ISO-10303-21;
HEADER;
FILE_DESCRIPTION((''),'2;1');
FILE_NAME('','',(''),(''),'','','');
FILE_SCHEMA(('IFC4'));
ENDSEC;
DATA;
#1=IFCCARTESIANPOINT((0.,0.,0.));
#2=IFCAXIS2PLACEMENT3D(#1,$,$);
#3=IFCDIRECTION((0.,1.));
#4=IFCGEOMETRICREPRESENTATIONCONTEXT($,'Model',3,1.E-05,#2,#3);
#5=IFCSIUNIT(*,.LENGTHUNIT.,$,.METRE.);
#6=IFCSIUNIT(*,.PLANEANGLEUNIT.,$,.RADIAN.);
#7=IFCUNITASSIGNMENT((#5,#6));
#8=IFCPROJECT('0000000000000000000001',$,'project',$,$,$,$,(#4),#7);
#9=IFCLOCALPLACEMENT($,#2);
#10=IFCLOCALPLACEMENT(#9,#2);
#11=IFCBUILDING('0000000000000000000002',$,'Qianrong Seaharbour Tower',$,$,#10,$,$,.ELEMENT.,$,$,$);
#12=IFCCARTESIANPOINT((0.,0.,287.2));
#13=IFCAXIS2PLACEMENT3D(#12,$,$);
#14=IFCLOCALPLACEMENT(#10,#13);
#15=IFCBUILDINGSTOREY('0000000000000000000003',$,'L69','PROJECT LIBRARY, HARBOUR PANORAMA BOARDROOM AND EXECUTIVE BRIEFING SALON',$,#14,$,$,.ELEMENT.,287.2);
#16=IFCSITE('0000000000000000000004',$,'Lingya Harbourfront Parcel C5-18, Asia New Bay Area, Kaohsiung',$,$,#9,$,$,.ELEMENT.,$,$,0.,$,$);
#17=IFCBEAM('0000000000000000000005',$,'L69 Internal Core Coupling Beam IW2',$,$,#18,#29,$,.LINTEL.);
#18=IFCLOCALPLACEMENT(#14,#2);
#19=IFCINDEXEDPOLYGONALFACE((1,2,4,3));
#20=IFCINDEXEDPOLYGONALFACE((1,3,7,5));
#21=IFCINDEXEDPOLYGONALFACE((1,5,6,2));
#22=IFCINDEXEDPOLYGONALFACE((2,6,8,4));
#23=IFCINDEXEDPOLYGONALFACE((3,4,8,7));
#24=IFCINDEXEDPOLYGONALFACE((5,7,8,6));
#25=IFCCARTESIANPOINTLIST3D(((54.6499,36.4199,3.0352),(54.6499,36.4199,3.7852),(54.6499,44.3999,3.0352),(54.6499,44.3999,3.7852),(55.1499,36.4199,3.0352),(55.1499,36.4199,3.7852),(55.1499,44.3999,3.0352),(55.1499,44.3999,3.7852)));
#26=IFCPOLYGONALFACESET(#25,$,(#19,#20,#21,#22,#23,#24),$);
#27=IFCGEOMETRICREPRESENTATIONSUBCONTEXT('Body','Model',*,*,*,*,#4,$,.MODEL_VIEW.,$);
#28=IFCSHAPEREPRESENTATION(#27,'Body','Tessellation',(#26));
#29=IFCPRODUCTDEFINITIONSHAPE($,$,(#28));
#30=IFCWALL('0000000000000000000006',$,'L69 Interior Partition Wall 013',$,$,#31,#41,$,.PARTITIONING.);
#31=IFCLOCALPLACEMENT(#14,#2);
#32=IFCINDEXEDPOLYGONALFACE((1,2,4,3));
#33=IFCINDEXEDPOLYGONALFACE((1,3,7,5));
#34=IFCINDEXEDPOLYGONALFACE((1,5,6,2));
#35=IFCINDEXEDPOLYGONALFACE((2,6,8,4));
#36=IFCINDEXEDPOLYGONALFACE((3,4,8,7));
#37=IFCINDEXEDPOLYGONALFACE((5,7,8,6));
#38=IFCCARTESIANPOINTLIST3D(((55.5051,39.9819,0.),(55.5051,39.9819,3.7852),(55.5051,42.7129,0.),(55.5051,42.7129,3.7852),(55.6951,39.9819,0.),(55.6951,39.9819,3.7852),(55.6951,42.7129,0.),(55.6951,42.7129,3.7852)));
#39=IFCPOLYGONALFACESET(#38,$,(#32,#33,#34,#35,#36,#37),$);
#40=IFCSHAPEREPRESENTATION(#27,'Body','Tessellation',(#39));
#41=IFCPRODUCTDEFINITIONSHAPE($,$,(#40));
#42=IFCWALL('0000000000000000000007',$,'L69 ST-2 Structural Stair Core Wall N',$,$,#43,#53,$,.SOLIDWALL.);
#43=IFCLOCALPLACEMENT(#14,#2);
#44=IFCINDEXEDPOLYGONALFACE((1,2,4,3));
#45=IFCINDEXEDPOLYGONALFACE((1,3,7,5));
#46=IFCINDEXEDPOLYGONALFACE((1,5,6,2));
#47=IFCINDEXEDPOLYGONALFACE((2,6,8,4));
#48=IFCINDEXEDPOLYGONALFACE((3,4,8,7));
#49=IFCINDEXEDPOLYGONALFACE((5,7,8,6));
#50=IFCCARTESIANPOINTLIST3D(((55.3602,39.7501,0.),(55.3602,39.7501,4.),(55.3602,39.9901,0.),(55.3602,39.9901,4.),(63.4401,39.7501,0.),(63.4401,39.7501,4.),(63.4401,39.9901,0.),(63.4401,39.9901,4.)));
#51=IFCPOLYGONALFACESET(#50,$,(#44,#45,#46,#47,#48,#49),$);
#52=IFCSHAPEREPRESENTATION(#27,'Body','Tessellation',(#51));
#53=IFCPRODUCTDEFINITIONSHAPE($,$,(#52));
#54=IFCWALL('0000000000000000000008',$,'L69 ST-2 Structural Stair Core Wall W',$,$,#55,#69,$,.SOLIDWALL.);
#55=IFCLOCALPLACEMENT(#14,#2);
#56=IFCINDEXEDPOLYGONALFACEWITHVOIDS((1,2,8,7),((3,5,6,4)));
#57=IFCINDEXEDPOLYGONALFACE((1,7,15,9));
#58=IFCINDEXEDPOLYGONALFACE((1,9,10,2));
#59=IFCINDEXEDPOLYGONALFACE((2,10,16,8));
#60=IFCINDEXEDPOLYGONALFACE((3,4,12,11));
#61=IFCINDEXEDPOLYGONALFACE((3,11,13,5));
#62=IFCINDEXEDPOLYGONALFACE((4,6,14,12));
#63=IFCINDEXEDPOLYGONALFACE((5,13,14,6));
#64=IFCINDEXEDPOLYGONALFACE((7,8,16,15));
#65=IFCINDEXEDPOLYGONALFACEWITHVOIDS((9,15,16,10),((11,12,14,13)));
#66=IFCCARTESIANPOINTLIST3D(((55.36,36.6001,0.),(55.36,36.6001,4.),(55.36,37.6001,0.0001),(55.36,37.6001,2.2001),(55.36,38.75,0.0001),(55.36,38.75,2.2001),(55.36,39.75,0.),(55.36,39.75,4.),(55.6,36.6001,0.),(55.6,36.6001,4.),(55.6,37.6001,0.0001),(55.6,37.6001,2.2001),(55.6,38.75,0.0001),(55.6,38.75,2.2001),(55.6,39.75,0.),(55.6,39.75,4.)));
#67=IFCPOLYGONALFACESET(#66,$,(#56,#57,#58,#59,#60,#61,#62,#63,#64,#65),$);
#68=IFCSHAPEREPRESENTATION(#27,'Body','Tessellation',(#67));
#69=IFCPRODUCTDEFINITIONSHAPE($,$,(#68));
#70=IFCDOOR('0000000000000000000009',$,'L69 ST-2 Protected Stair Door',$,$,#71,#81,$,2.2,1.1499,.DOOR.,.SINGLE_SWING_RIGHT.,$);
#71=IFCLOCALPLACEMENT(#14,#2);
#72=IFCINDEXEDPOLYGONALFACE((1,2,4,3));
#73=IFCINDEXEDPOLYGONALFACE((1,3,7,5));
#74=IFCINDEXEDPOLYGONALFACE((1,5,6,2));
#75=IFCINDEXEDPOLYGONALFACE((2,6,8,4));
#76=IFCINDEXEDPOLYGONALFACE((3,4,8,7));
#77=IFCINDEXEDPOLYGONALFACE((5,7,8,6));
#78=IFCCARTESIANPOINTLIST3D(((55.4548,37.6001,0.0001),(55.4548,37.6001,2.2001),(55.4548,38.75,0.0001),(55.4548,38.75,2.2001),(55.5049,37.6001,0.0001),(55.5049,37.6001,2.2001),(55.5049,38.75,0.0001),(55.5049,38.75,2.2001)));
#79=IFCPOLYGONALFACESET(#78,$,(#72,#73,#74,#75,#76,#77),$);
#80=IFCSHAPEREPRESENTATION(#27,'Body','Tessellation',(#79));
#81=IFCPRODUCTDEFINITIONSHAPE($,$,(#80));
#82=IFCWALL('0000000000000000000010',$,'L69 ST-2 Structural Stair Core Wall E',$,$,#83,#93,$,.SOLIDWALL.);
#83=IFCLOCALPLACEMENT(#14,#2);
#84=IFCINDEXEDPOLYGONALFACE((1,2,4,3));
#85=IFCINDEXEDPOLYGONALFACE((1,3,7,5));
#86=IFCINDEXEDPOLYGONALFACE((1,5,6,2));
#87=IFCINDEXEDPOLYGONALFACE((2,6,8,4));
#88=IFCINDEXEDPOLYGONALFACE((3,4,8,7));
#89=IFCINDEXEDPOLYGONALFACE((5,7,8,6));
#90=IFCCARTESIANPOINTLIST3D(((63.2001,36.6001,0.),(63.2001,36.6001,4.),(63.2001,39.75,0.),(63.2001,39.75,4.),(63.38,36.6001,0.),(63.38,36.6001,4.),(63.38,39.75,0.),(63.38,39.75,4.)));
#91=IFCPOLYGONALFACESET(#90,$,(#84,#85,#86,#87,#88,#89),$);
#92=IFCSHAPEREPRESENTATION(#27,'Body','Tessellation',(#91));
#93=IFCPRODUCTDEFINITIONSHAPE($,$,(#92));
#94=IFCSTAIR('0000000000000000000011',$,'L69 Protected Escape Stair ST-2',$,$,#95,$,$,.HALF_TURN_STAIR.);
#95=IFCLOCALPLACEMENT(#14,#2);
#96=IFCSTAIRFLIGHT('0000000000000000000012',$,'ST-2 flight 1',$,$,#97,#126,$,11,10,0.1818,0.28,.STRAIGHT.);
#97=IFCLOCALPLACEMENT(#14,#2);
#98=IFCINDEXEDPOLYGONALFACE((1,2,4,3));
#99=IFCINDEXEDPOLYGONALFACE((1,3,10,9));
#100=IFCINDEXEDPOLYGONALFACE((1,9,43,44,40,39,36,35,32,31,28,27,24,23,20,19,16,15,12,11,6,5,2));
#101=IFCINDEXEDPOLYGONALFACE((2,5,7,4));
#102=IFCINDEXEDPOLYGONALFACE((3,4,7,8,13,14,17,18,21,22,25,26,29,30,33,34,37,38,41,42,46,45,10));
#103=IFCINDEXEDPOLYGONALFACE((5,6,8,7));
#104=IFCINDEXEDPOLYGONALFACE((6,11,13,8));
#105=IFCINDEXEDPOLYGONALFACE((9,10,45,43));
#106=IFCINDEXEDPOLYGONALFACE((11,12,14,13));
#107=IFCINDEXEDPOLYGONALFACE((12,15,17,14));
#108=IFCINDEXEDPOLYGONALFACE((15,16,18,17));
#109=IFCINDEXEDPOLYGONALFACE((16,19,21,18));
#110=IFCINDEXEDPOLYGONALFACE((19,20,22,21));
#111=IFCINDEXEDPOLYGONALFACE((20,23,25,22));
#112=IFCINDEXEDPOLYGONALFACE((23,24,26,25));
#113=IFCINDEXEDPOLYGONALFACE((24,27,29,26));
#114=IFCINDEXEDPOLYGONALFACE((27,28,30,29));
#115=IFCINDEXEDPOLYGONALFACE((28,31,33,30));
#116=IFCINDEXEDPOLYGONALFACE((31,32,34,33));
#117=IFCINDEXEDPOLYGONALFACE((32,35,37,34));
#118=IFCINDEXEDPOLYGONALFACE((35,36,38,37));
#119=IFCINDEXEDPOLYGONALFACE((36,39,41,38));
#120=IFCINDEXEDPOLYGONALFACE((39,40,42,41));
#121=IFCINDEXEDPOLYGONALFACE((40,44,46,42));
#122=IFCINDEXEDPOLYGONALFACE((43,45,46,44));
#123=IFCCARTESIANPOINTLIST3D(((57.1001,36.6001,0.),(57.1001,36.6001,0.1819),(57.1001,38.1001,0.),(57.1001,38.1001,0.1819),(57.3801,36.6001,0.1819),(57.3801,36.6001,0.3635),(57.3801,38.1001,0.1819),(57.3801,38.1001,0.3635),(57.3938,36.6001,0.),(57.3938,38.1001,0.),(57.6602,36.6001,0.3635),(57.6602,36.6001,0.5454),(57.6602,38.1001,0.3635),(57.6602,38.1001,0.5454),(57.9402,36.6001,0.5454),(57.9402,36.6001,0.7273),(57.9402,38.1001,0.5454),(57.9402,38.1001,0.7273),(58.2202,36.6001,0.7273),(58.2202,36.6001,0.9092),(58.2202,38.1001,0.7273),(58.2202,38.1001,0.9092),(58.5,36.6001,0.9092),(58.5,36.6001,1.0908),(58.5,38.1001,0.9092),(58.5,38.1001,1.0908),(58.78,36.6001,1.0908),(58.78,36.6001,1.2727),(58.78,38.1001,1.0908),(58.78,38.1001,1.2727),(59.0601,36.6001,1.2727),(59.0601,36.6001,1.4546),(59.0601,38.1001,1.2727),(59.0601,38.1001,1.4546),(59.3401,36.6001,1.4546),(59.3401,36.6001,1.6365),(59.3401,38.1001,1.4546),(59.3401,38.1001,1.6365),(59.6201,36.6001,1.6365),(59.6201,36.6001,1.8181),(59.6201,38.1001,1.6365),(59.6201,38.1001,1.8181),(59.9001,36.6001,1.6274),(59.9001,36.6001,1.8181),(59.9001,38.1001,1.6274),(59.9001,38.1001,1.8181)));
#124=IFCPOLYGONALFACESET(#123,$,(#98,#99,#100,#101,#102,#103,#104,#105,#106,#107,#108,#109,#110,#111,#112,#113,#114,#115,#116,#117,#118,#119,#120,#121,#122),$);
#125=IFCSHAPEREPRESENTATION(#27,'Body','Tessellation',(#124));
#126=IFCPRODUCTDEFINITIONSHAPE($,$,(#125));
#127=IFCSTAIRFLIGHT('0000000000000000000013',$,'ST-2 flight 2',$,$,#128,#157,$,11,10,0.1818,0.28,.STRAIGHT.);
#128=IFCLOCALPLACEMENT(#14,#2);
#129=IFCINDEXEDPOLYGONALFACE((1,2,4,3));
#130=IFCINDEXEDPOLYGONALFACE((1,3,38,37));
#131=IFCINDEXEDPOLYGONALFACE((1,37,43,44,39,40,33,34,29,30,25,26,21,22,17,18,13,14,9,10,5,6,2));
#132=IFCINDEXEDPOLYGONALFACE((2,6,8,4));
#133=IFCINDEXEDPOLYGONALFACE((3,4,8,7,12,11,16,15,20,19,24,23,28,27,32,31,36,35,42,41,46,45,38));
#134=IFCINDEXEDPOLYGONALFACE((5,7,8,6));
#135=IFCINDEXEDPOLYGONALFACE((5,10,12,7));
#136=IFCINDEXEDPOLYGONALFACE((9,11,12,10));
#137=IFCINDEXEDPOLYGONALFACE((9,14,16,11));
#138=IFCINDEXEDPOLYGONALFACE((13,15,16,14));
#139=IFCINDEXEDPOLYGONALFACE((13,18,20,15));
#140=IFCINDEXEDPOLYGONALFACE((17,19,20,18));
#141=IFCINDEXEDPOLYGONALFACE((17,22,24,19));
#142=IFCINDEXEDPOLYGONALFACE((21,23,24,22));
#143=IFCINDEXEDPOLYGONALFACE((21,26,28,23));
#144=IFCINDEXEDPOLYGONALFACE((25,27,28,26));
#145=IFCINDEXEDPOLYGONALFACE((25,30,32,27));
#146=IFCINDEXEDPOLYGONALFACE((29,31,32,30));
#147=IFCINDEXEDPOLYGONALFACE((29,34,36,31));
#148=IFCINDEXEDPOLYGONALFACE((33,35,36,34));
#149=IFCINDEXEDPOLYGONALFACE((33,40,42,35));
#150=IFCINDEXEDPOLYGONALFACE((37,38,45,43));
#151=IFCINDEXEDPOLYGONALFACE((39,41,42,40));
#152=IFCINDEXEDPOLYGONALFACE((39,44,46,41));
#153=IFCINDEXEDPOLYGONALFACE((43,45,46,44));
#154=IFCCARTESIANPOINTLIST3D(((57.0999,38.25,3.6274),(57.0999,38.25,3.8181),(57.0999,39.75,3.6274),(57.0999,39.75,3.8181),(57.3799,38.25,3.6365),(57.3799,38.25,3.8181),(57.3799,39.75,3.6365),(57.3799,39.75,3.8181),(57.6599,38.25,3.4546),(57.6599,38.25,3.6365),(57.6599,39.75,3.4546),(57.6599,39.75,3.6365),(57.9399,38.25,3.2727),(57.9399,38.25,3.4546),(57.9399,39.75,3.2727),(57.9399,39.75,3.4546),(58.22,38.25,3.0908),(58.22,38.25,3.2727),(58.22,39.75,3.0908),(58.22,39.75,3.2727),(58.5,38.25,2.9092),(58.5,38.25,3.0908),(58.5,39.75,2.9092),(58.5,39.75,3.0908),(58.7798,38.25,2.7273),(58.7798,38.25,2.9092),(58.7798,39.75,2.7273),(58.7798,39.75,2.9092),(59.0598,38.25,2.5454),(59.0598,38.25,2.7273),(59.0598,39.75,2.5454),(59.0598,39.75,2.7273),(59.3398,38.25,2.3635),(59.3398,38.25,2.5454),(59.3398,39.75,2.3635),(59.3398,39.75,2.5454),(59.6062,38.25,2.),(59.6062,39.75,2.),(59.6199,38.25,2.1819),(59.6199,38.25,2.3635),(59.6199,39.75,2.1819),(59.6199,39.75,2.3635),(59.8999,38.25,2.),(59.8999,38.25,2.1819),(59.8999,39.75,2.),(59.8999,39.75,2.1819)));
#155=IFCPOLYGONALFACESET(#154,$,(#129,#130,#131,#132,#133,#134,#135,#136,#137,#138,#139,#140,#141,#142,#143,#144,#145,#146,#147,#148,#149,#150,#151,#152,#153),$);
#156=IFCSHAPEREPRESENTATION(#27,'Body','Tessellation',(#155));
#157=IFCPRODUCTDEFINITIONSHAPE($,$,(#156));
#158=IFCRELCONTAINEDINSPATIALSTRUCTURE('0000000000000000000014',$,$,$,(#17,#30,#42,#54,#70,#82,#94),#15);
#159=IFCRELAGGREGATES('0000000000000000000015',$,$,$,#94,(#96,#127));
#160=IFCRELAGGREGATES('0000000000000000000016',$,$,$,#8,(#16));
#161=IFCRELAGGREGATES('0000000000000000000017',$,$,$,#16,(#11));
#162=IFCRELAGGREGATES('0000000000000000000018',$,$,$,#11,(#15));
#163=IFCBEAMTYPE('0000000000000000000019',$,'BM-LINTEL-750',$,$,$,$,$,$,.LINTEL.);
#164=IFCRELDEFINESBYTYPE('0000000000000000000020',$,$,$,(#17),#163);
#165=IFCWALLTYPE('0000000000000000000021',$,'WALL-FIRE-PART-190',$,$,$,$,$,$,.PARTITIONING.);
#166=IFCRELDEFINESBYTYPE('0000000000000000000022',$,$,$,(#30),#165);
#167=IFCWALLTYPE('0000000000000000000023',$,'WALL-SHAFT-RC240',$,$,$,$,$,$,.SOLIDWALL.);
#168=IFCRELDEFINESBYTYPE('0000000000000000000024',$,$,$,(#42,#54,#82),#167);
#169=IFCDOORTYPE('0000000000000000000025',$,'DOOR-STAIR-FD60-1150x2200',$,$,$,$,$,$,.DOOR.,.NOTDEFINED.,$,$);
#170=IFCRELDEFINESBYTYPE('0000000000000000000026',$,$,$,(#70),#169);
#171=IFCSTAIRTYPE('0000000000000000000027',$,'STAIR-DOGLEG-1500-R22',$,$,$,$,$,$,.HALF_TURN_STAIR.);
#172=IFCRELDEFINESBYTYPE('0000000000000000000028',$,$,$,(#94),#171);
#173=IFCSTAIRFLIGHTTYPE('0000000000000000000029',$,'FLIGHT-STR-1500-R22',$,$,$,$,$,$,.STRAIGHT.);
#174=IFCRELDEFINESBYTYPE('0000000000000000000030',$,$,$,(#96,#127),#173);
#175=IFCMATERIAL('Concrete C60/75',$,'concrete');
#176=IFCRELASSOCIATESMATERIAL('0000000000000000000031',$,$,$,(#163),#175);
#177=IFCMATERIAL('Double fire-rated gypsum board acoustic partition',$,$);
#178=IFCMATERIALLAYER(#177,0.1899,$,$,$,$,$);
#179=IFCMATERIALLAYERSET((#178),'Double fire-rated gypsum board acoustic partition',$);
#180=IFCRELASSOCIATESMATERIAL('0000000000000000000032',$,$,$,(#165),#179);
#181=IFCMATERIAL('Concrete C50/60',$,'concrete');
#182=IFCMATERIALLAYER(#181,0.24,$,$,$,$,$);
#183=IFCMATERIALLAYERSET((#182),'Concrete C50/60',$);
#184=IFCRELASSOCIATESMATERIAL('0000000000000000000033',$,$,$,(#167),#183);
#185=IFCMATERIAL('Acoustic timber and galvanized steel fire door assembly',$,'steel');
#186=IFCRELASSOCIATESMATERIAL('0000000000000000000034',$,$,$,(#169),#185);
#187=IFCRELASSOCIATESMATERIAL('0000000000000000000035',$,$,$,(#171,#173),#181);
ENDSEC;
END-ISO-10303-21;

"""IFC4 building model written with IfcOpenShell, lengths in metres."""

from ifc_helpers import new_model, si_unit, direction, frame, frame_2d, origin, origin_2d, place, context, subcontext, project, spatial, polyline, rectangle, outline, extrude, material, layer, layer_set, material_profile, profile_set, type_object, element, fill, aggregate, save


model = new_model("IFC4")

# Units and contexts
model_context = context("Model", 3, precision=1e-05, world=origin(), true_north=direction((0.0, 1.0)))
body_context = subcontext(model_context, "Body", "Model", "MODEL_VIEW")
ifc_project = project(units=[si_unit("LENGTHUNIT", "METRE"), si_unit("PLANEANGLEUNIT", "RADIAN")], contexts=[model_context])

# Site, building, storey
site_placement = place(None, origin())
site = spatial("IfcSite", under=ifc_project, at=site_placement, Name="Lingya Harbourfront Parcel C5-18, Asia New Bay Area, Kaohsiung", CompositionType="ELEMENT", RefElevation=0.0)
building_placement = place(site_placement, origin())
building = spatial("IfcBuilding", under=site, at=building_placement, Name="Qianrong Seaharbour Tower", CompositionType="ELEMENT")
storey_placement = place(building_placement, frame((0.0, 0.0, 287.2)))
storey = spatial("IfcBuildingStorey", under=building, at=storey_placement, Name="L69", Description="PROJECT LIBRARY, HARBOUR PANORAMA BOARDROOM AND EXECUTIVE BRIEFING SALON", CompositionType="ELEMENT", Elevation=287.2)

# Beam
ifc_material_1 = material(Name="Concrete C60/75", Category="concrete")
ifc_material_profile = material_profile(ifc_material_1, rectangle(XDim=0.5, YDim=0.75, at=origin_2d()), Name="RC500x750")
ifc_profile_set = profile_set([ifc_material_profile], Name="Concrete C60/75")
beam_type = type_object("IfcBeamType", Name="BM-LINTEL-750", PredefinedType="LINTEL", material=ifc_profile_set)
beam_placement = place(storey_placement, frame((54.8999, 36.4199, 3.4102), z_axis=(0.0, 1.0, 0.0), x_axis=(-1.0, 0.0, 0.0)))
element("IfcBeam", 1, at=beam_placement, inside=storey, type_object=beam_type, Name="L69 Internal Core Coupling Beam IW2", PredefinedType="LINTEL", context=body_context, shape_type="SweptSolid", body=[
    extrude(rectangle(XDim=0.5, YDim=0.75, at=origin_2d()), origin(), (0.0, 0.0, 1.0), 7.98),
])

# Walls
ifc_material_2 = material(Name="Double fire-rated gypsum board acoustic partition")
ifc_layer_1 = layer(ifc_material_2, 0.1899)
ifc_layer_set_1 = layer_set([ifc_layer_1], Name="Double fire-rated gypsum board acoustic partition")
wall_type_1 = type_object("IfcWallType", Name="WALL-FIRE-PART-190", PredefinedType="PARTITIONING", material=ifc_layer_set_1)
wall_1_placement = place(storey_placement, frame((55.6001, 42.7129, 0.0), z_axis=(0.0, 0.0, 1.0), x_axis=(0.0, -1.0, 0.0)))
element("IfcWall", 2, at=wall_1_placement, inside=storey, type_object=wall_type_1, Name="L69 Interior Partition Wall 013", PredefinedType="PARTITIONING", context=body_context, shape_type="SweptSolid", body=[
    extrude(rectangle(XDim=2.731, YDim=0.1899, at=frame_2d((1.3655, 0.0))), origin(), (0.0, 0.0, 1.0), 3.7852),
])
ifc_material_3 = material(Name="Concrete C50/60", Category="concrete")
ifc_layer_2 = layer(ifc_material_3, 0.24)
ifc_layer_set_2 = layer_set([ifc_layer_2], Name="Concrete C50/60")
wall_type_2 = type_object("IfcWallType", Name="WALL-SHAFT-RC240", PredefinedType="SOLIDWALL", material=ifc_layer_set_2)
wall_2_placement = place(storey_placement, frame((55.3601, 39.8701, 0.0), z_axis=(0.0, 0.0, 1.0), x_axis=(1.0, 0.0, 0.0)))
element("IfcWall", 3, at=wall_2_placement, inside=storey, type_object=wall_type_2, Name="L69 ST-2 Structural Stair Core Wall N", PredefinedType="SOLIDWALL", context=body_context, shape_type="SweptSolid", body=[
    extrude(rectangle(XDim=8.0798, YDim=0.24, at=frame_2d((4.04, 0.0))), origin(), (0.0, 0.0, 1.0), 4.0),
])

# Wall, opening, door
wall_3_placement = place(storey_placement, frame((55.48, 39.75, 0.0), z_axis=(0.0, 0.0, 1.0), x_axis=(0.0, -1.0, 0.0)))
wall_3 = element("IfcWall", 4, at=wall_3_placement, inside=storey, type_object=wall_type_2, Name="L69 ST-2 Structural Stair Core Wall W", PredefinedType="SOLIDWALL", context=body_context, shape_type="SweptSolid", body=[
    extrude(rectangle(XDim=3.1499, YDim=0.24, at=frame_2d((1.575, 0.0))), origin(), (0.0, 0.0, 1.0), 4.0),
])
opening_placement = place(wall_3_placement, frame((1.0, 0.0, 0.0)))
opening = element("IfcOpeningElement", 5, at=opening_placement, cuts=wall_3, PredefinedType="OPENING", context=body_context, shape_type="SweptSolid", body=[
    extrude(rectangle(XDim=1.1499, YDim=2.2, at=frame_2d((0.575, 1.1001))), frame((0.0, 0.1299, 0.0), z_axis=(0.0, -1.0, 0.0), x_axis=(1.0, 0.0, 0.0)), (0.0, 0.0, 1.0), 0.26),
])
ifc_material_4 = material(Name="Acoustic timber and galvanized steel fire door assembly", Category="steel")
door_type = type_object("IfcDoorType", Name="DOOR-STAIR-FD60-1150x2200", OperationType="NOTDEFINED", PredefinedType="DOOR", material=ifc_material_4)
door_placement = place(opening_placement, origin())
door = element("IfcDoor", 6, at=door_placement, inside=storey, type_object=door_type, Name="L69 ST-2 Protected Stair Door", OperationType="SINGLE_SWING_RIGHT", OverallHeight=2.2, OverallWidth=1.1499, PredefinedType="DOOR", context=body_context, shape_type="SweptSolid", body=[
    extrude(rectangle(XDim=1.1499, YDim=2.2, at=frame_2d((0.575, 1.1001))), frame((0.0, 0.0249, 0.0), z_axis=(0.0, -1.0, 0.0), x_axis=(1.0, 0.0, 0.0)), (0.0, 0.0, 1.0), 0.05),
])
fill(opening, door)

# Wall
wall_4_placement = place(storey_placement, frame((63.29, 36.6001, 0.0), z_axis=(0.0, 0.0, 1.0), x_axis=(0.0, 1.0, 0.0)))
element("IfcWall", 7, at=wall_4_placement, inside=storey, type_object=wall_type_2, Name="L69 ST-2 Structural Stair Core Wall E", PredefinedType="SOLIDWALL", context=body_context, shape_type="SweptSolid", body=[
    extrude(rectangle(XDim=3.1499, YDim=0.1799, at=frame_2d((1.575, 0.0))), origin(), (0.0, 0.0, 1.0), 4.0),
])

# Stair, stair flights
stair_type = type_object("IfcStairType", Name="STAIR-DOGLEG-1500-R22", PredefinedType="HALF_TURN_STAIR", material=ifc_material_3)
stair_placement = place(storey_placement, origin())
stair = element("IfcStair", 8, at=stair_placement, inside=storey, type_object=stair_type, Name="L69 Protected Escape Stair ST-2", PredefinedType="HALF_TURN_STAIR")
stair_flight_type = type_object("IfcStairFlightType", Name="FLIGHT-STR-1500-R22", PredefinedType="STRAIGHT", material=ifc_material_3)
stair_flight_1_placement = place(storey_placement, frame((57.1001, 37.3501, 0.0), z_axis=(0.0, 0.0, 1.0), x_axis=(1.0, 0.0, 0.0)))
stair_flight_1 = element("IfcStairFlight", 9, at=stair_flight_1_placement, type_object=stair_flight_type, Name="ST-2 flight 1", NumberOfRisers=11, NumberOfTreads=10, PredefinedType="STRAIGHT", RiserHeight=0.1818, TreadLength=0.28, context=body_context, shape_type="SweptSolid", body=[
    extrude(outline(polyline([(0.0, 0.0), (0.0, 0.1819), (0.28, 0.1819), (0.28, 0.3635), (0.5601, 0.3635), (0.5601, 0.5454), (0.8401, 0.5454), (0.8401, 0.7273), (1.1201, 0.7273), (1.1201, 0.9092), (1.3999, 0.9092), (1.3999, 1.0908), (1.6799, 1.0908), (1.6799, 1.2727), (1.96, 1.2727), (1.96, 1.4546), (2.24, 1.4546), (2.24, 1.6365), (2.52, 1.6365), (2.52, 1.8181), (2.8, 1.8181), (2.8, 2.0), (2.8, 1.6274), (0.2937, 0.0), (0.0, 0.0)])), frame((0.0, 0.75, 0.0), z_axis=(0.0, -1.0, 0.0), x_axis=(1.0, 0.0, 0.0)), (0.0, 0.0, 1.0), 1.5),
])
stair_flight_2_placement = place(storey_placement, frame((59.8999, 39.0, 2.0), z_axis=(0.0, 0.0, 1.0), x_axis=(-1.0, 0.0, 0.0)))
stair_flight_2 = element("IfcStairFlight", 10, at=stair_flight_2_placement, type_object=stair_flight_type, Name="ST-2 flight 2", NumberOfRisers=11, NumberOfTreads=10, PredefinedType="STRAIGHT", RiserHeight=0.1818, TreadLength=0.28, context=body_context, shape_type="SweptSolid", body=[
    extrude(outline(polyline([(0.0, 0.0), (0.0, 0.1819), (0.28, 0.1819), (0.28, 0.3635), (0.5601, 0.3635), (0.5601, 0.5454), (0.8401, 0.5454), (0.8401, 0.7273), (1.1201, 0.7273), (1.1201, 0.9092), (1.3999, 0.9092), (1.3999, 1.0908), (1.6799, 1.0908), (1.6799, 1.2727), (1.96, 1.2727), (1.96, 1.4546), (2.24, 1.4546), (2.24, 1.6365), (2.52, 1.6365), (2.52, 1.8181), (2.8, 1.8181), (2.8, 2.0), (2.8, 1.6274), (0.2937, 0.0), (0.0, 0.0)])), frame((0.0, 0.75, 0.0), z_axis=(0.0, -1.0, 0.0), x_axis=(1.0, 0.0, 0.0)), (0.0, 0.0, 1.0), 1.5),
])
aggregate(stair, [stair_flight_1, stair_flight_2])

save(model, "model.ifc")
